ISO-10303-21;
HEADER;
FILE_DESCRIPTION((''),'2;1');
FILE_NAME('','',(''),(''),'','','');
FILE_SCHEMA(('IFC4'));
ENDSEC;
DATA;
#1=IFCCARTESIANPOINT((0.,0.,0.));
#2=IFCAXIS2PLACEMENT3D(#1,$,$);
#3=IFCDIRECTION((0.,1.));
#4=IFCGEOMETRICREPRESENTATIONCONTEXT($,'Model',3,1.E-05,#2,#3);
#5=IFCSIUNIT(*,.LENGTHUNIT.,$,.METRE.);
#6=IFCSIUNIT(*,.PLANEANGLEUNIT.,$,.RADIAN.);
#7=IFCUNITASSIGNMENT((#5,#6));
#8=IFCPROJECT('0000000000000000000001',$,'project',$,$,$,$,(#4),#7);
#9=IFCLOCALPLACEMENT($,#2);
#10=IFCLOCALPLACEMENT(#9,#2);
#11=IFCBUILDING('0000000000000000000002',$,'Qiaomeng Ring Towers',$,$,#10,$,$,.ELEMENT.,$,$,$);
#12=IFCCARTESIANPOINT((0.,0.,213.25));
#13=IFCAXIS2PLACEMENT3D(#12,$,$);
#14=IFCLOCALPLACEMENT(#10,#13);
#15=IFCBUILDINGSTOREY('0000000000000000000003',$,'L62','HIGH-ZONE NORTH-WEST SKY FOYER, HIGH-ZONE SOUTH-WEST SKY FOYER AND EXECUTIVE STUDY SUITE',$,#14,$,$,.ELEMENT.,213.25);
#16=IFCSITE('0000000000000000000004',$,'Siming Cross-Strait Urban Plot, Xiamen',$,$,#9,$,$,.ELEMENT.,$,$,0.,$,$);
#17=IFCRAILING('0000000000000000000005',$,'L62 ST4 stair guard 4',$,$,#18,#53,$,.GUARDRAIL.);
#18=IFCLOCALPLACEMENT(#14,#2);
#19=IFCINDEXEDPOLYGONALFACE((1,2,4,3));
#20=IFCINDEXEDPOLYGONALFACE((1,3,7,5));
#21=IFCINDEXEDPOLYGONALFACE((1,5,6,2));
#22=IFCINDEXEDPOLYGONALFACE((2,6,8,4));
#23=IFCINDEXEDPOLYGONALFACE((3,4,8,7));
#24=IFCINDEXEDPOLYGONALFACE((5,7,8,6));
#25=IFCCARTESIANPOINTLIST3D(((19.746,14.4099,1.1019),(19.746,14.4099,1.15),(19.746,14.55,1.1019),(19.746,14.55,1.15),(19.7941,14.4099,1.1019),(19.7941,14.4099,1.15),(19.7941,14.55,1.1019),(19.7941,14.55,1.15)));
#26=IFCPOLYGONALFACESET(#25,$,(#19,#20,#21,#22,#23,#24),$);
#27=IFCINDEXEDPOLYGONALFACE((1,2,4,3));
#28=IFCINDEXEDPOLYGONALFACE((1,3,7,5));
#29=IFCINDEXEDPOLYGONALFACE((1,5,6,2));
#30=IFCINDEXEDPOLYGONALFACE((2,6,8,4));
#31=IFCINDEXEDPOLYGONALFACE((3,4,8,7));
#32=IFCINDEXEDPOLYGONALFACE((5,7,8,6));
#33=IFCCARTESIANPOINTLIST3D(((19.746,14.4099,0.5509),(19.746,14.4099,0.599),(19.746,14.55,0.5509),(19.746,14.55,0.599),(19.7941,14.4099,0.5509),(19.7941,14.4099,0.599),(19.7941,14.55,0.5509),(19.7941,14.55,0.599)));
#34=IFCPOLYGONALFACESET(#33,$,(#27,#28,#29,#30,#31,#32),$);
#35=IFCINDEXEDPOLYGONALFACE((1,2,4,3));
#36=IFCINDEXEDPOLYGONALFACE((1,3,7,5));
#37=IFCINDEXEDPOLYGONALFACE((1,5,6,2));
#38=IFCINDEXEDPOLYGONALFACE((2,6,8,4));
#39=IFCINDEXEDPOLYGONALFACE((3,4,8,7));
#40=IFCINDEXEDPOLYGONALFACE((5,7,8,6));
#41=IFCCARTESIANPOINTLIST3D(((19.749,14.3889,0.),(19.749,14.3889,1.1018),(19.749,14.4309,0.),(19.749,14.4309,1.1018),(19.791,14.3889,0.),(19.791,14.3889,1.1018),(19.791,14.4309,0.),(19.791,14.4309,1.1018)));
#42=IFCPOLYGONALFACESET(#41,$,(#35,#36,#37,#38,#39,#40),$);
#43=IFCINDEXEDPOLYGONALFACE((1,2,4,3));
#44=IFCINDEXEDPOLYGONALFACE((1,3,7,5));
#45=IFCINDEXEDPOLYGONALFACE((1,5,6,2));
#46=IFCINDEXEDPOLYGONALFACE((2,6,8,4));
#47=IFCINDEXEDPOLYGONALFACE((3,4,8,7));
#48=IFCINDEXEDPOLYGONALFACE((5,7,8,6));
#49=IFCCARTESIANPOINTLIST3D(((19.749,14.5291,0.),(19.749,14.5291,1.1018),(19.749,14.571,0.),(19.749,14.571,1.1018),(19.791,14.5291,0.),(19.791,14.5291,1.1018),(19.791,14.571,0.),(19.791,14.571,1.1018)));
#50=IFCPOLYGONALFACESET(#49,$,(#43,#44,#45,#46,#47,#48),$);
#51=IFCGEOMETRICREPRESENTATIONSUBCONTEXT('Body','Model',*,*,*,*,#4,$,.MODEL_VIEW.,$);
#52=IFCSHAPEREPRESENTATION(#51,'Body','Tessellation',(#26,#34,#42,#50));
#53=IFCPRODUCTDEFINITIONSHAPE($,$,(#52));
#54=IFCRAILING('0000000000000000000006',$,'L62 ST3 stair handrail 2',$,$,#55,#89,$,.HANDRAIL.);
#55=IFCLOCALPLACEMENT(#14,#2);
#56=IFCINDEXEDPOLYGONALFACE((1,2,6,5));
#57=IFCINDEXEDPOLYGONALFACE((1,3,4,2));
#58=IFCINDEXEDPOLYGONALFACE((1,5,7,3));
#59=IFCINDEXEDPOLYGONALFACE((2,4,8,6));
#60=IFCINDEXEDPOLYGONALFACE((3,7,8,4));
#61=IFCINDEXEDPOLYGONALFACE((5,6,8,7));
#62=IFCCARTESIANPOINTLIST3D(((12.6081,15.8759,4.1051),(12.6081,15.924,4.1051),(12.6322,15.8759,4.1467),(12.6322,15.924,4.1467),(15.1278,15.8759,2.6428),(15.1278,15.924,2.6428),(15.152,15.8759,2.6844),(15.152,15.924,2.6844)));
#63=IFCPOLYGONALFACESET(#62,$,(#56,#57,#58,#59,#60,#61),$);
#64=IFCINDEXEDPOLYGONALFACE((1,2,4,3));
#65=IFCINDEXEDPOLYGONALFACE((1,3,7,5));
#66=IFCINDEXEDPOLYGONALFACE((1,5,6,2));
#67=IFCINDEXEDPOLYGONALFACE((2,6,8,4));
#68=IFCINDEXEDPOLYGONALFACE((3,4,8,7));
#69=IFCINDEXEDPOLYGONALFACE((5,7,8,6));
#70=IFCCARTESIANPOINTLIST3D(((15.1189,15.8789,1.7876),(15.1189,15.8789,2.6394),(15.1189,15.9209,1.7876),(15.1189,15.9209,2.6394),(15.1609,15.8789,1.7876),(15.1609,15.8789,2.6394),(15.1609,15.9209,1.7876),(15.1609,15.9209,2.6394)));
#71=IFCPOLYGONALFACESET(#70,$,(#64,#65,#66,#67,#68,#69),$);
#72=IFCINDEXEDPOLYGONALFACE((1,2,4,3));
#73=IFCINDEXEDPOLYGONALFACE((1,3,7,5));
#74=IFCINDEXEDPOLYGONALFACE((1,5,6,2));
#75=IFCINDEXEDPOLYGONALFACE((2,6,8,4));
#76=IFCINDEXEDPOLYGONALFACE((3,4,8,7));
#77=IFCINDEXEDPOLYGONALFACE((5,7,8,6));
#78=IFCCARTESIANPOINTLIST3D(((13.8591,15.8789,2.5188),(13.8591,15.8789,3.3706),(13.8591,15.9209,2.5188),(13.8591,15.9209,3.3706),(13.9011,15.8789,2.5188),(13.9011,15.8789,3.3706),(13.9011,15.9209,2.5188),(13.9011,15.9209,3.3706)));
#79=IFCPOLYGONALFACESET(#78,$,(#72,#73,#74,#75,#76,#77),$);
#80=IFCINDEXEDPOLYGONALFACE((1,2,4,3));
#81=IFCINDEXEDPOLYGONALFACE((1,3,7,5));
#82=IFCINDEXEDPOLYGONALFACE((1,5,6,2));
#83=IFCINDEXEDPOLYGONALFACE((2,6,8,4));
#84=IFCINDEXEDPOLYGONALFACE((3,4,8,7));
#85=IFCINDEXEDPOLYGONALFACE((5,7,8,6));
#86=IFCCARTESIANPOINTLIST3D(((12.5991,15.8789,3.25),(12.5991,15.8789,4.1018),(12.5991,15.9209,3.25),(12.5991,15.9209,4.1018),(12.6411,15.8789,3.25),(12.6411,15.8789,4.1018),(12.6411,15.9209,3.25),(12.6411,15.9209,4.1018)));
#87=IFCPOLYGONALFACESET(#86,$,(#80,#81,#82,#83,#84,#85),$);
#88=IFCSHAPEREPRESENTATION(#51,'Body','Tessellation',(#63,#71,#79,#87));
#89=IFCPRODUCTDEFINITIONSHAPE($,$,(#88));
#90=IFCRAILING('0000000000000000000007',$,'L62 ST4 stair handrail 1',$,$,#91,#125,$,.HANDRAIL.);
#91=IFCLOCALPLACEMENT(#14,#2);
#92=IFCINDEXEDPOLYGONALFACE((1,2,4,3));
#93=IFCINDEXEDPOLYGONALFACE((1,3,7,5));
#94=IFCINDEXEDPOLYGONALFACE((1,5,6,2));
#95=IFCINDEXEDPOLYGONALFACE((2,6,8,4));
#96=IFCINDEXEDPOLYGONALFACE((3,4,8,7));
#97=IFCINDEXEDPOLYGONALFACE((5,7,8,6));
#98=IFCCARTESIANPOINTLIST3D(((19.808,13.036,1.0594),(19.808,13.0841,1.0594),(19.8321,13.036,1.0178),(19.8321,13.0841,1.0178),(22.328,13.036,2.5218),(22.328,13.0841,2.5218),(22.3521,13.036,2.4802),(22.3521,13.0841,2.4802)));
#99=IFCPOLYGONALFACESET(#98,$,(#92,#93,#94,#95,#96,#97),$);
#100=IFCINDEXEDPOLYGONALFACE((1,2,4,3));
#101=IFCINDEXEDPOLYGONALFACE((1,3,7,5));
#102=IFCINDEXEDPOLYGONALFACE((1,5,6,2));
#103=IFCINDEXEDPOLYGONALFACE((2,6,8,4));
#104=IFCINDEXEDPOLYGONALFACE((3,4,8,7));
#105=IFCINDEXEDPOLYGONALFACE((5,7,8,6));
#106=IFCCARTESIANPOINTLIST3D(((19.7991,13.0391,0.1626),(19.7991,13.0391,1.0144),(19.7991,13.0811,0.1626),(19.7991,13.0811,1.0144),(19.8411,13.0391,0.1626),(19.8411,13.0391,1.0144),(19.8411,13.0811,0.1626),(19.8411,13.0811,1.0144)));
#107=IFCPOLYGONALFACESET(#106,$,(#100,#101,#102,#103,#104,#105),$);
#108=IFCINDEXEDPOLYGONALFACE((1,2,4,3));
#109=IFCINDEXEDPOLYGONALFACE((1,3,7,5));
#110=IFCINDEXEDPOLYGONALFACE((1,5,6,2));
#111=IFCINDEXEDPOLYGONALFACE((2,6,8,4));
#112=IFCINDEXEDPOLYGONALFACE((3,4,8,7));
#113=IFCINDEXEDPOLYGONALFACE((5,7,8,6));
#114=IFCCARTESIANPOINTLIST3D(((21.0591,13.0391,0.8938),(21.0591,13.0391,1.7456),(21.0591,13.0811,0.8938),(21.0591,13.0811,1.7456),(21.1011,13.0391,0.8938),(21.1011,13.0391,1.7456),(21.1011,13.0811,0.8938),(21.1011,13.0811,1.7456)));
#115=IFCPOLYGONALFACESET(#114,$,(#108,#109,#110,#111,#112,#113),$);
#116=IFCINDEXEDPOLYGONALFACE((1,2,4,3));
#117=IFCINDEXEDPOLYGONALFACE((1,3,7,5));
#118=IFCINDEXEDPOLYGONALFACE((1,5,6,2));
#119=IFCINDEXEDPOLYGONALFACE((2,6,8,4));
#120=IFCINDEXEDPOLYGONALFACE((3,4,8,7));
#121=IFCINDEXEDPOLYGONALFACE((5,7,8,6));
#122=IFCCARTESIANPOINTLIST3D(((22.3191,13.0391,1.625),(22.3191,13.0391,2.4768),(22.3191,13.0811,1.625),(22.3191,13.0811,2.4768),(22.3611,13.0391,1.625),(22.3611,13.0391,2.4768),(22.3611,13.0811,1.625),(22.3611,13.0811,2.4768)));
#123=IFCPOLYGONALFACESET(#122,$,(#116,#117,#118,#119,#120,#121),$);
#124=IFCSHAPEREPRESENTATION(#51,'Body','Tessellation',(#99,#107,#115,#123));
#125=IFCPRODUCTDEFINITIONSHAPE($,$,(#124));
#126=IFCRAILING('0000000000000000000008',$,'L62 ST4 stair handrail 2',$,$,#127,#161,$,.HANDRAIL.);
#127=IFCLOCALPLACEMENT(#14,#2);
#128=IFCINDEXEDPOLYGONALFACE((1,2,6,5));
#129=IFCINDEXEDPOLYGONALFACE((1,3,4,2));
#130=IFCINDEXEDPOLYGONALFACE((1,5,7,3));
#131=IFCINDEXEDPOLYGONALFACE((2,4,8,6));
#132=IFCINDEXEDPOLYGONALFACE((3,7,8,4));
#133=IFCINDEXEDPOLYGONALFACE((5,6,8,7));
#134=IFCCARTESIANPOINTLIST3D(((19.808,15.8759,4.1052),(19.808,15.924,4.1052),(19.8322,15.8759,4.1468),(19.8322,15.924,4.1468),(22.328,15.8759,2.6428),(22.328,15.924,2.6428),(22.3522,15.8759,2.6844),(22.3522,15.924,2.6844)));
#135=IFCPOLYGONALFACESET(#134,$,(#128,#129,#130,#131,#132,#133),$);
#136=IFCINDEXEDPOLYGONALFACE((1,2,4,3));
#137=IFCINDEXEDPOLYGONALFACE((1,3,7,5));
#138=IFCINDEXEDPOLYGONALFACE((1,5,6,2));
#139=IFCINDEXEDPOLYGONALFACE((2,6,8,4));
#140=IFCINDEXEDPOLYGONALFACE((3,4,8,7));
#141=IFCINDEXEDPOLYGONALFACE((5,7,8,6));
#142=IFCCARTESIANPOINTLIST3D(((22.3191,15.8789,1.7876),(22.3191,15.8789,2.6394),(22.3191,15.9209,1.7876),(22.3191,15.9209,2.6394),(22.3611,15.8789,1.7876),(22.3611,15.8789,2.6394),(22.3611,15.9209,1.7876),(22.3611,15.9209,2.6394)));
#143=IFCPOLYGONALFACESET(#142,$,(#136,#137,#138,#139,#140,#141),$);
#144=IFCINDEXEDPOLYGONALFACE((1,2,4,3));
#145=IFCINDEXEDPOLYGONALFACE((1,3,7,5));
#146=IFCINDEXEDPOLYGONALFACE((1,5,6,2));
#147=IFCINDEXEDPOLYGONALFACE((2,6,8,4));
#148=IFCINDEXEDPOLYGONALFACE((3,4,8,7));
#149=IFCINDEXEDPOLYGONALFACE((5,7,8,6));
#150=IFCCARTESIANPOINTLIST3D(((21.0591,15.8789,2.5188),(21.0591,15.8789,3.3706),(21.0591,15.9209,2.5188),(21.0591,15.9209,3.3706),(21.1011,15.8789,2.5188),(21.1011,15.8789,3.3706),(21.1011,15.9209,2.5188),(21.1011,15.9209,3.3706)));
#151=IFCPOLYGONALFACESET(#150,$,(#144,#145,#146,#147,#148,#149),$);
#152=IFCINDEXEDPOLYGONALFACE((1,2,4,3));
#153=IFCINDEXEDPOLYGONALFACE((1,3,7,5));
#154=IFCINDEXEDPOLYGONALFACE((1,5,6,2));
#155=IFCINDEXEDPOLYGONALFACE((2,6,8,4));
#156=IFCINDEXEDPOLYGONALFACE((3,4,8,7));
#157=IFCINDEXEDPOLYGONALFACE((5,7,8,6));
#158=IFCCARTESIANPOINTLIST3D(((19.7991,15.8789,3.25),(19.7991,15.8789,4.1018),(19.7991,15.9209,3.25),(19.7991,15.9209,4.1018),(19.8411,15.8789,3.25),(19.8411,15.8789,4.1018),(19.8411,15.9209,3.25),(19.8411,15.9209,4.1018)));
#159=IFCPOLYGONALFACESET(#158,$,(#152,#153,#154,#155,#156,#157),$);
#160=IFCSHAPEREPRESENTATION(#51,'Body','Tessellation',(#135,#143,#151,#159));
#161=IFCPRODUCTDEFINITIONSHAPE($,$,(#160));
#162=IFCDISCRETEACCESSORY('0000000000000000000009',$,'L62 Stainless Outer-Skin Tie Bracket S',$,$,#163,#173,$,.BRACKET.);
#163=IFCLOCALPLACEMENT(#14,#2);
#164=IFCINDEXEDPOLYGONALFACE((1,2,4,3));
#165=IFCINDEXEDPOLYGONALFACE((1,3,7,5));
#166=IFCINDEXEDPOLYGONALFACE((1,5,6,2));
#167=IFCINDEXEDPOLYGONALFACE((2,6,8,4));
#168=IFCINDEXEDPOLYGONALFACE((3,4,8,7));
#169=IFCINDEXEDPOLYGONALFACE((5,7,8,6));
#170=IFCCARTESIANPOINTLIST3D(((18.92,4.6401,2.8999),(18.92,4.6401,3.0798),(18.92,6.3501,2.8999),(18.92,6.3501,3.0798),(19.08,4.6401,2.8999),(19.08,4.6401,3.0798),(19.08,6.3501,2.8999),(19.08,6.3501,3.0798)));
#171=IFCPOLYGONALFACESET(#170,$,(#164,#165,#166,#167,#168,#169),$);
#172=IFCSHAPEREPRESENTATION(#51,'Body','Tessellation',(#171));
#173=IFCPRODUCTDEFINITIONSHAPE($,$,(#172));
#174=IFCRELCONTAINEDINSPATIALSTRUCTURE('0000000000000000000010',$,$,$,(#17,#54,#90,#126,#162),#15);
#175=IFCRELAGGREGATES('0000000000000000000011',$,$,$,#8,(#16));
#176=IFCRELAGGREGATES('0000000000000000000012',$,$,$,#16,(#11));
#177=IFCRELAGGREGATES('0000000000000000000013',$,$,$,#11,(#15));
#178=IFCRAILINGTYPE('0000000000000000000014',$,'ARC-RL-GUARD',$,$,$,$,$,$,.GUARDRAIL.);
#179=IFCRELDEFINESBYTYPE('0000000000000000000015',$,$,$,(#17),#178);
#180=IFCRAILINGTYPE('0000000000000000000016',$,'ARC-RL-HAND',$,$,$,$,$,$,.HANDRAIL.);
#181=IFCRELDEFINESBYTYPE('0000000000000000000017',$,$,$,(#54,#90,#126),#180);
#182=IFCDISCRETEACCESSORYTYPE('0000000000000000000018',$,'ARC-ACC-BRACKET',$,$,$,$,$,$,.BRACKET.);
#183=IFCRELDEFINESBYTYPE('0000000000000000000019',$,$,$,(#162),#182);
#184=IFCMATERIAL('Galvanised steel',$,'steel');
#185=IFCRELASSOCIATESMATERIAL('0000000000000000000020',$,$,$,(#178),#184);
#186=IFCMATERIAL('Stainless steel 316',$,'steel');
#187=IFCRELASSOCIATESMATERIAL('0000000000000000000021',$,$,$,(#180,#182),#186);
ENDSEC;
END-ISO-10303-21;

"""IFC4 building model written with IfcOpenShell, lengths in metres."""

from ifc_helpers import new_model, si_unit, direction, frame, origin, origin_2d, place, context, subcontext, project, spatial, rectangle, extrude, source, transform, mapped, material, type_object, element, save


model = new_model("IFC4")

# Units and contexts
model_context = context("Model", 3, precision=1e-05, world=origin(), true_north=direction((0.0, 1.0)))
body_context = subcontext(model_context, "Body", "Model", "MODEL_VIEW")
ifc_project = project(units=[si_unit("LENGTHUNIT", "METRE"), si_unit("PLANEANGLEUNIT", "RADIAN")], contexts=[model_context])

# Site, building, storey
site_placement = place(None, origin())
site = spatial("IfcSite", under=ifc_project, at=site_placement, Name="Siming Cross-Strait Urban Plot, Xiamen", CompositionType="ELEMENT", RefElevation=0.0)
building_placement = place(site_placement, origin())
building = spatial("IfcBuilding", under=site, at=building_placement, Name="Qiaomeng Ring Towers", CompositionType="ELEMENT")
storey_placement = place(building_placement, frame((0.0, 0.0, 213.25)))
storey = spatial("IfcBuildingStorey", under=building, at=storey_placement, Name="L62", Description="HIGH-ZONE NORTH-WEST SKY FOYER, HIGH-ZONE SOUTH-WEST SKY FOYER AND EXECUTIVE STUDY SUITE", CompositionType="ELEMENT", Elevation=213.25)

# Shared definitions
ifc_material_1 = material(Name="Galvanised steel", Category="steel")

# Railings
railing_type_1 = type_object("IfcRailingType", Name="ARC-RL-GUARD", PredefinedType="GUARDRAIL", material=ifc_material_1)
railing_1_placement = place(storey_placement, frame((19.77, 14.4099, 0.0)))
element("IfcRailing", 1, at=railing_1_placement, inside=storey, type_object=railing_type_1, Name="L62 ST4 stair guard 4", PredefinedType="GUARDRAIL", context=body_context, shape_type="SweptSolid", body=[
    extrude(rectangle(XDim=0.0481, YDim=0.0481, at=origin_2d()), frame((0.0, 0.0, 1.126), z_axis=(0.0, 1.0, 0.0), x_axis=(-1.0, 0.0, 0.0)), (0.0, 0.0, 1.0), 0.1401),
    extrude(rectangle(XDim=0.0481, YDim=0.0481, at=origin_2d()), frame((0.0, 0.0, 0.575), z_axis=(0.0, 1.0, 0.0), x_axis=(-1.0, 0.0, 0.0)), (0.0, 0.0, 1.0), 0.1401),
    extrude(rectangle(XDim=0.042, YDim=0.042, at=origin_2d()), origin(), (0.0, 0.0, 1.0), 1.1018),
    extrude(rectangle(XDim=0.042, YDim=0.042, at=origin_2d()), frame((0.0, 0.1401, 0.0)), (0.0, 0.0, 1.0), 1.1018),
])
ifc_material_2 = material(Name="Stainless steel 316", Category="steel")
railing_type_2 = type_object("IfcRailingType", Name="ARC-RL-HAND", PredefinedType="HANDRAIL", material=ifc_material_2)
railing_2_placement = place(storey_placement, frame((15.1399, 15.8999, 1.7876)))
element("IfcRailing", 2, at=railing_2_placement, inside=storey, type_object=railing_type_2, Name="L62 ST3 stair handrail 2", PredefinedType="HANDRAIL", context=body_context, shape_type="SweptSolid", body=[
    extrude(rectangle(XDim=0.0481, YDim=0.0481, at=origin_2d()), frame((0.0, 0.0, 0.876), z_axis=(-0.864892, 0.0, 0.501958), x_axis=(0.0, -1.0, 0.0)), (0.0, 0.0, 1.0), 2.9133),
    extrude(rectangle(XDim=0.042, YDim=0.042, at=origin_2d()), origin(), (0.0, 0.0, 1.0), 0.8518),
    extrude(rectangle(XDim=0.042, YDim=0.042, at=origin_2d()), frame((-1.2598, 0.0, 0.7312)), (0.0, 0.0, 1.0), 0.8518),
    extrude(rectangle(XDim=0.042, YDim=0.042, at=origin_2d()), frame((-2.5198, 0.0, 1.4624)), (0.0, 0.0, 1.0), 0.8518),
])
railing_3_placement = place(storey_placement, frame((19.8201, 13.0601, 0.1626)))
element("IfcRailing", 3, at=railing_3_placement, inside=storey, type_object=railing_type_2, Name="L62 ST4 stair handrail 1", PredefinedType="HANDRAIL", context=body_context, shape_type="SweptSolid", body=[
    extrude(rectangle(XDim=0.0481, YDim=0.0481, at=origin_2d()), frame((0.0, 0.0, 0.876), z_axis=(0.864913, 0.0, 0.501921), x_axis=(0.0, 1.0, 0.0)), (0.0, 0.0, 1.0), 2.9136),
    extrude(rectangle(XDim=0.042, YDim=0.042, at=origin_2d()), origin(), (0.0, 0.0, 1.0), 0.8518),
    extrude(rectangle(XDim=0.042, YDim=0.042, at=origin_2d()), frame((1.26, 0.0, 0.7312)), (0.0, 0.0, 1.0), 0.8518),
    extrude(rectangle(XDim=0.042, YDim=0.042, at=origin_2d()), frame((2.52, 0.0, 1.4624)), (0.0, 0.0, 1.0), 0.8518),
])
railing_4_placement = place(storey_placement, frame((22.3401, 15.8999, 1.7876)))
element("IfcRailing", 4, at=railing_4_placement, inside=storey, type_object=railing_type_2, Name="L62 ST4 stair handrail 2", PredefinedType="HANDRAIL", context=body_context, shape_type="SweptSolid", body=[
    extrude(rectangle(XDim=0.0481, YDim=0.0481, at=origin_2d()), frame((0.0, 0.0, 0.876), z_axis=(-0.864913, 0.0, 0.501921), x_axis=(0.0, -1.0, 0.0)), (0.0, 0.0, 1.0), 2.9136),
    extrude(rectangle(XDim=0.042, YDim=0.042, at=origin_2d()), origin(), (0.0, 0.0, 1.0), 0.8518),
    extrude(rectangle(XDim=0.042, YDim=0.042, at=origin_2d()), frame((-1.26, 0.0, 0.7312)), (0.0, 0.0, 1.0), 0.8518),
    extrude(rectangle(XDim=0.042, YDim=0.042, at=origin_2d()), frame((-2.52, 0.0, 1.4624)), (0.0, 0.0, 1.0), 0.8518),
])

# Discrete accessory
discrete_accessory_type = type_object("IfcDiscreteAccessoryType", Name="ARC-ACC-BRACKET", PredefinedType="BRACKET", material=ifc_material_2)
shared_shape_1 = source(origin(), body_context, "Body", "SweptSolid", [
    extrude(rectangle(XDim=0.1599, YDim=1.71, at=origin_2d()), origin(), (0.0, 0.0, 1.0), 0.1799),
])
discrete_accessory_placement = place(storey_placement, frame((19.0, 5.4951, 2.8999), z_axis=(0.0, 0.0, 1.0), x_axis=(1.0, 0.0, 0.0)))
element("IfcDiscreteAccessory", 5, at=discrete_accessory_placement, inside=storey, type_object=discrete_accessory_type, Name="L62 Stainless Outer-Skin Tie Bracket S", PredefinedType="BRACKET", context=body_context, shape_type="MappedRepresentation", body=[
    mapped(shared_shape_1, transform((0.0, 0.0, 0.0), x_axis=(1.0, 0.0, 0.0), y_axis=(0.0, 1.0, 0.0), z_axis=(0.0, 0.0, 1.0), scale=1.0)),
])

save(model, "model.ifc")
